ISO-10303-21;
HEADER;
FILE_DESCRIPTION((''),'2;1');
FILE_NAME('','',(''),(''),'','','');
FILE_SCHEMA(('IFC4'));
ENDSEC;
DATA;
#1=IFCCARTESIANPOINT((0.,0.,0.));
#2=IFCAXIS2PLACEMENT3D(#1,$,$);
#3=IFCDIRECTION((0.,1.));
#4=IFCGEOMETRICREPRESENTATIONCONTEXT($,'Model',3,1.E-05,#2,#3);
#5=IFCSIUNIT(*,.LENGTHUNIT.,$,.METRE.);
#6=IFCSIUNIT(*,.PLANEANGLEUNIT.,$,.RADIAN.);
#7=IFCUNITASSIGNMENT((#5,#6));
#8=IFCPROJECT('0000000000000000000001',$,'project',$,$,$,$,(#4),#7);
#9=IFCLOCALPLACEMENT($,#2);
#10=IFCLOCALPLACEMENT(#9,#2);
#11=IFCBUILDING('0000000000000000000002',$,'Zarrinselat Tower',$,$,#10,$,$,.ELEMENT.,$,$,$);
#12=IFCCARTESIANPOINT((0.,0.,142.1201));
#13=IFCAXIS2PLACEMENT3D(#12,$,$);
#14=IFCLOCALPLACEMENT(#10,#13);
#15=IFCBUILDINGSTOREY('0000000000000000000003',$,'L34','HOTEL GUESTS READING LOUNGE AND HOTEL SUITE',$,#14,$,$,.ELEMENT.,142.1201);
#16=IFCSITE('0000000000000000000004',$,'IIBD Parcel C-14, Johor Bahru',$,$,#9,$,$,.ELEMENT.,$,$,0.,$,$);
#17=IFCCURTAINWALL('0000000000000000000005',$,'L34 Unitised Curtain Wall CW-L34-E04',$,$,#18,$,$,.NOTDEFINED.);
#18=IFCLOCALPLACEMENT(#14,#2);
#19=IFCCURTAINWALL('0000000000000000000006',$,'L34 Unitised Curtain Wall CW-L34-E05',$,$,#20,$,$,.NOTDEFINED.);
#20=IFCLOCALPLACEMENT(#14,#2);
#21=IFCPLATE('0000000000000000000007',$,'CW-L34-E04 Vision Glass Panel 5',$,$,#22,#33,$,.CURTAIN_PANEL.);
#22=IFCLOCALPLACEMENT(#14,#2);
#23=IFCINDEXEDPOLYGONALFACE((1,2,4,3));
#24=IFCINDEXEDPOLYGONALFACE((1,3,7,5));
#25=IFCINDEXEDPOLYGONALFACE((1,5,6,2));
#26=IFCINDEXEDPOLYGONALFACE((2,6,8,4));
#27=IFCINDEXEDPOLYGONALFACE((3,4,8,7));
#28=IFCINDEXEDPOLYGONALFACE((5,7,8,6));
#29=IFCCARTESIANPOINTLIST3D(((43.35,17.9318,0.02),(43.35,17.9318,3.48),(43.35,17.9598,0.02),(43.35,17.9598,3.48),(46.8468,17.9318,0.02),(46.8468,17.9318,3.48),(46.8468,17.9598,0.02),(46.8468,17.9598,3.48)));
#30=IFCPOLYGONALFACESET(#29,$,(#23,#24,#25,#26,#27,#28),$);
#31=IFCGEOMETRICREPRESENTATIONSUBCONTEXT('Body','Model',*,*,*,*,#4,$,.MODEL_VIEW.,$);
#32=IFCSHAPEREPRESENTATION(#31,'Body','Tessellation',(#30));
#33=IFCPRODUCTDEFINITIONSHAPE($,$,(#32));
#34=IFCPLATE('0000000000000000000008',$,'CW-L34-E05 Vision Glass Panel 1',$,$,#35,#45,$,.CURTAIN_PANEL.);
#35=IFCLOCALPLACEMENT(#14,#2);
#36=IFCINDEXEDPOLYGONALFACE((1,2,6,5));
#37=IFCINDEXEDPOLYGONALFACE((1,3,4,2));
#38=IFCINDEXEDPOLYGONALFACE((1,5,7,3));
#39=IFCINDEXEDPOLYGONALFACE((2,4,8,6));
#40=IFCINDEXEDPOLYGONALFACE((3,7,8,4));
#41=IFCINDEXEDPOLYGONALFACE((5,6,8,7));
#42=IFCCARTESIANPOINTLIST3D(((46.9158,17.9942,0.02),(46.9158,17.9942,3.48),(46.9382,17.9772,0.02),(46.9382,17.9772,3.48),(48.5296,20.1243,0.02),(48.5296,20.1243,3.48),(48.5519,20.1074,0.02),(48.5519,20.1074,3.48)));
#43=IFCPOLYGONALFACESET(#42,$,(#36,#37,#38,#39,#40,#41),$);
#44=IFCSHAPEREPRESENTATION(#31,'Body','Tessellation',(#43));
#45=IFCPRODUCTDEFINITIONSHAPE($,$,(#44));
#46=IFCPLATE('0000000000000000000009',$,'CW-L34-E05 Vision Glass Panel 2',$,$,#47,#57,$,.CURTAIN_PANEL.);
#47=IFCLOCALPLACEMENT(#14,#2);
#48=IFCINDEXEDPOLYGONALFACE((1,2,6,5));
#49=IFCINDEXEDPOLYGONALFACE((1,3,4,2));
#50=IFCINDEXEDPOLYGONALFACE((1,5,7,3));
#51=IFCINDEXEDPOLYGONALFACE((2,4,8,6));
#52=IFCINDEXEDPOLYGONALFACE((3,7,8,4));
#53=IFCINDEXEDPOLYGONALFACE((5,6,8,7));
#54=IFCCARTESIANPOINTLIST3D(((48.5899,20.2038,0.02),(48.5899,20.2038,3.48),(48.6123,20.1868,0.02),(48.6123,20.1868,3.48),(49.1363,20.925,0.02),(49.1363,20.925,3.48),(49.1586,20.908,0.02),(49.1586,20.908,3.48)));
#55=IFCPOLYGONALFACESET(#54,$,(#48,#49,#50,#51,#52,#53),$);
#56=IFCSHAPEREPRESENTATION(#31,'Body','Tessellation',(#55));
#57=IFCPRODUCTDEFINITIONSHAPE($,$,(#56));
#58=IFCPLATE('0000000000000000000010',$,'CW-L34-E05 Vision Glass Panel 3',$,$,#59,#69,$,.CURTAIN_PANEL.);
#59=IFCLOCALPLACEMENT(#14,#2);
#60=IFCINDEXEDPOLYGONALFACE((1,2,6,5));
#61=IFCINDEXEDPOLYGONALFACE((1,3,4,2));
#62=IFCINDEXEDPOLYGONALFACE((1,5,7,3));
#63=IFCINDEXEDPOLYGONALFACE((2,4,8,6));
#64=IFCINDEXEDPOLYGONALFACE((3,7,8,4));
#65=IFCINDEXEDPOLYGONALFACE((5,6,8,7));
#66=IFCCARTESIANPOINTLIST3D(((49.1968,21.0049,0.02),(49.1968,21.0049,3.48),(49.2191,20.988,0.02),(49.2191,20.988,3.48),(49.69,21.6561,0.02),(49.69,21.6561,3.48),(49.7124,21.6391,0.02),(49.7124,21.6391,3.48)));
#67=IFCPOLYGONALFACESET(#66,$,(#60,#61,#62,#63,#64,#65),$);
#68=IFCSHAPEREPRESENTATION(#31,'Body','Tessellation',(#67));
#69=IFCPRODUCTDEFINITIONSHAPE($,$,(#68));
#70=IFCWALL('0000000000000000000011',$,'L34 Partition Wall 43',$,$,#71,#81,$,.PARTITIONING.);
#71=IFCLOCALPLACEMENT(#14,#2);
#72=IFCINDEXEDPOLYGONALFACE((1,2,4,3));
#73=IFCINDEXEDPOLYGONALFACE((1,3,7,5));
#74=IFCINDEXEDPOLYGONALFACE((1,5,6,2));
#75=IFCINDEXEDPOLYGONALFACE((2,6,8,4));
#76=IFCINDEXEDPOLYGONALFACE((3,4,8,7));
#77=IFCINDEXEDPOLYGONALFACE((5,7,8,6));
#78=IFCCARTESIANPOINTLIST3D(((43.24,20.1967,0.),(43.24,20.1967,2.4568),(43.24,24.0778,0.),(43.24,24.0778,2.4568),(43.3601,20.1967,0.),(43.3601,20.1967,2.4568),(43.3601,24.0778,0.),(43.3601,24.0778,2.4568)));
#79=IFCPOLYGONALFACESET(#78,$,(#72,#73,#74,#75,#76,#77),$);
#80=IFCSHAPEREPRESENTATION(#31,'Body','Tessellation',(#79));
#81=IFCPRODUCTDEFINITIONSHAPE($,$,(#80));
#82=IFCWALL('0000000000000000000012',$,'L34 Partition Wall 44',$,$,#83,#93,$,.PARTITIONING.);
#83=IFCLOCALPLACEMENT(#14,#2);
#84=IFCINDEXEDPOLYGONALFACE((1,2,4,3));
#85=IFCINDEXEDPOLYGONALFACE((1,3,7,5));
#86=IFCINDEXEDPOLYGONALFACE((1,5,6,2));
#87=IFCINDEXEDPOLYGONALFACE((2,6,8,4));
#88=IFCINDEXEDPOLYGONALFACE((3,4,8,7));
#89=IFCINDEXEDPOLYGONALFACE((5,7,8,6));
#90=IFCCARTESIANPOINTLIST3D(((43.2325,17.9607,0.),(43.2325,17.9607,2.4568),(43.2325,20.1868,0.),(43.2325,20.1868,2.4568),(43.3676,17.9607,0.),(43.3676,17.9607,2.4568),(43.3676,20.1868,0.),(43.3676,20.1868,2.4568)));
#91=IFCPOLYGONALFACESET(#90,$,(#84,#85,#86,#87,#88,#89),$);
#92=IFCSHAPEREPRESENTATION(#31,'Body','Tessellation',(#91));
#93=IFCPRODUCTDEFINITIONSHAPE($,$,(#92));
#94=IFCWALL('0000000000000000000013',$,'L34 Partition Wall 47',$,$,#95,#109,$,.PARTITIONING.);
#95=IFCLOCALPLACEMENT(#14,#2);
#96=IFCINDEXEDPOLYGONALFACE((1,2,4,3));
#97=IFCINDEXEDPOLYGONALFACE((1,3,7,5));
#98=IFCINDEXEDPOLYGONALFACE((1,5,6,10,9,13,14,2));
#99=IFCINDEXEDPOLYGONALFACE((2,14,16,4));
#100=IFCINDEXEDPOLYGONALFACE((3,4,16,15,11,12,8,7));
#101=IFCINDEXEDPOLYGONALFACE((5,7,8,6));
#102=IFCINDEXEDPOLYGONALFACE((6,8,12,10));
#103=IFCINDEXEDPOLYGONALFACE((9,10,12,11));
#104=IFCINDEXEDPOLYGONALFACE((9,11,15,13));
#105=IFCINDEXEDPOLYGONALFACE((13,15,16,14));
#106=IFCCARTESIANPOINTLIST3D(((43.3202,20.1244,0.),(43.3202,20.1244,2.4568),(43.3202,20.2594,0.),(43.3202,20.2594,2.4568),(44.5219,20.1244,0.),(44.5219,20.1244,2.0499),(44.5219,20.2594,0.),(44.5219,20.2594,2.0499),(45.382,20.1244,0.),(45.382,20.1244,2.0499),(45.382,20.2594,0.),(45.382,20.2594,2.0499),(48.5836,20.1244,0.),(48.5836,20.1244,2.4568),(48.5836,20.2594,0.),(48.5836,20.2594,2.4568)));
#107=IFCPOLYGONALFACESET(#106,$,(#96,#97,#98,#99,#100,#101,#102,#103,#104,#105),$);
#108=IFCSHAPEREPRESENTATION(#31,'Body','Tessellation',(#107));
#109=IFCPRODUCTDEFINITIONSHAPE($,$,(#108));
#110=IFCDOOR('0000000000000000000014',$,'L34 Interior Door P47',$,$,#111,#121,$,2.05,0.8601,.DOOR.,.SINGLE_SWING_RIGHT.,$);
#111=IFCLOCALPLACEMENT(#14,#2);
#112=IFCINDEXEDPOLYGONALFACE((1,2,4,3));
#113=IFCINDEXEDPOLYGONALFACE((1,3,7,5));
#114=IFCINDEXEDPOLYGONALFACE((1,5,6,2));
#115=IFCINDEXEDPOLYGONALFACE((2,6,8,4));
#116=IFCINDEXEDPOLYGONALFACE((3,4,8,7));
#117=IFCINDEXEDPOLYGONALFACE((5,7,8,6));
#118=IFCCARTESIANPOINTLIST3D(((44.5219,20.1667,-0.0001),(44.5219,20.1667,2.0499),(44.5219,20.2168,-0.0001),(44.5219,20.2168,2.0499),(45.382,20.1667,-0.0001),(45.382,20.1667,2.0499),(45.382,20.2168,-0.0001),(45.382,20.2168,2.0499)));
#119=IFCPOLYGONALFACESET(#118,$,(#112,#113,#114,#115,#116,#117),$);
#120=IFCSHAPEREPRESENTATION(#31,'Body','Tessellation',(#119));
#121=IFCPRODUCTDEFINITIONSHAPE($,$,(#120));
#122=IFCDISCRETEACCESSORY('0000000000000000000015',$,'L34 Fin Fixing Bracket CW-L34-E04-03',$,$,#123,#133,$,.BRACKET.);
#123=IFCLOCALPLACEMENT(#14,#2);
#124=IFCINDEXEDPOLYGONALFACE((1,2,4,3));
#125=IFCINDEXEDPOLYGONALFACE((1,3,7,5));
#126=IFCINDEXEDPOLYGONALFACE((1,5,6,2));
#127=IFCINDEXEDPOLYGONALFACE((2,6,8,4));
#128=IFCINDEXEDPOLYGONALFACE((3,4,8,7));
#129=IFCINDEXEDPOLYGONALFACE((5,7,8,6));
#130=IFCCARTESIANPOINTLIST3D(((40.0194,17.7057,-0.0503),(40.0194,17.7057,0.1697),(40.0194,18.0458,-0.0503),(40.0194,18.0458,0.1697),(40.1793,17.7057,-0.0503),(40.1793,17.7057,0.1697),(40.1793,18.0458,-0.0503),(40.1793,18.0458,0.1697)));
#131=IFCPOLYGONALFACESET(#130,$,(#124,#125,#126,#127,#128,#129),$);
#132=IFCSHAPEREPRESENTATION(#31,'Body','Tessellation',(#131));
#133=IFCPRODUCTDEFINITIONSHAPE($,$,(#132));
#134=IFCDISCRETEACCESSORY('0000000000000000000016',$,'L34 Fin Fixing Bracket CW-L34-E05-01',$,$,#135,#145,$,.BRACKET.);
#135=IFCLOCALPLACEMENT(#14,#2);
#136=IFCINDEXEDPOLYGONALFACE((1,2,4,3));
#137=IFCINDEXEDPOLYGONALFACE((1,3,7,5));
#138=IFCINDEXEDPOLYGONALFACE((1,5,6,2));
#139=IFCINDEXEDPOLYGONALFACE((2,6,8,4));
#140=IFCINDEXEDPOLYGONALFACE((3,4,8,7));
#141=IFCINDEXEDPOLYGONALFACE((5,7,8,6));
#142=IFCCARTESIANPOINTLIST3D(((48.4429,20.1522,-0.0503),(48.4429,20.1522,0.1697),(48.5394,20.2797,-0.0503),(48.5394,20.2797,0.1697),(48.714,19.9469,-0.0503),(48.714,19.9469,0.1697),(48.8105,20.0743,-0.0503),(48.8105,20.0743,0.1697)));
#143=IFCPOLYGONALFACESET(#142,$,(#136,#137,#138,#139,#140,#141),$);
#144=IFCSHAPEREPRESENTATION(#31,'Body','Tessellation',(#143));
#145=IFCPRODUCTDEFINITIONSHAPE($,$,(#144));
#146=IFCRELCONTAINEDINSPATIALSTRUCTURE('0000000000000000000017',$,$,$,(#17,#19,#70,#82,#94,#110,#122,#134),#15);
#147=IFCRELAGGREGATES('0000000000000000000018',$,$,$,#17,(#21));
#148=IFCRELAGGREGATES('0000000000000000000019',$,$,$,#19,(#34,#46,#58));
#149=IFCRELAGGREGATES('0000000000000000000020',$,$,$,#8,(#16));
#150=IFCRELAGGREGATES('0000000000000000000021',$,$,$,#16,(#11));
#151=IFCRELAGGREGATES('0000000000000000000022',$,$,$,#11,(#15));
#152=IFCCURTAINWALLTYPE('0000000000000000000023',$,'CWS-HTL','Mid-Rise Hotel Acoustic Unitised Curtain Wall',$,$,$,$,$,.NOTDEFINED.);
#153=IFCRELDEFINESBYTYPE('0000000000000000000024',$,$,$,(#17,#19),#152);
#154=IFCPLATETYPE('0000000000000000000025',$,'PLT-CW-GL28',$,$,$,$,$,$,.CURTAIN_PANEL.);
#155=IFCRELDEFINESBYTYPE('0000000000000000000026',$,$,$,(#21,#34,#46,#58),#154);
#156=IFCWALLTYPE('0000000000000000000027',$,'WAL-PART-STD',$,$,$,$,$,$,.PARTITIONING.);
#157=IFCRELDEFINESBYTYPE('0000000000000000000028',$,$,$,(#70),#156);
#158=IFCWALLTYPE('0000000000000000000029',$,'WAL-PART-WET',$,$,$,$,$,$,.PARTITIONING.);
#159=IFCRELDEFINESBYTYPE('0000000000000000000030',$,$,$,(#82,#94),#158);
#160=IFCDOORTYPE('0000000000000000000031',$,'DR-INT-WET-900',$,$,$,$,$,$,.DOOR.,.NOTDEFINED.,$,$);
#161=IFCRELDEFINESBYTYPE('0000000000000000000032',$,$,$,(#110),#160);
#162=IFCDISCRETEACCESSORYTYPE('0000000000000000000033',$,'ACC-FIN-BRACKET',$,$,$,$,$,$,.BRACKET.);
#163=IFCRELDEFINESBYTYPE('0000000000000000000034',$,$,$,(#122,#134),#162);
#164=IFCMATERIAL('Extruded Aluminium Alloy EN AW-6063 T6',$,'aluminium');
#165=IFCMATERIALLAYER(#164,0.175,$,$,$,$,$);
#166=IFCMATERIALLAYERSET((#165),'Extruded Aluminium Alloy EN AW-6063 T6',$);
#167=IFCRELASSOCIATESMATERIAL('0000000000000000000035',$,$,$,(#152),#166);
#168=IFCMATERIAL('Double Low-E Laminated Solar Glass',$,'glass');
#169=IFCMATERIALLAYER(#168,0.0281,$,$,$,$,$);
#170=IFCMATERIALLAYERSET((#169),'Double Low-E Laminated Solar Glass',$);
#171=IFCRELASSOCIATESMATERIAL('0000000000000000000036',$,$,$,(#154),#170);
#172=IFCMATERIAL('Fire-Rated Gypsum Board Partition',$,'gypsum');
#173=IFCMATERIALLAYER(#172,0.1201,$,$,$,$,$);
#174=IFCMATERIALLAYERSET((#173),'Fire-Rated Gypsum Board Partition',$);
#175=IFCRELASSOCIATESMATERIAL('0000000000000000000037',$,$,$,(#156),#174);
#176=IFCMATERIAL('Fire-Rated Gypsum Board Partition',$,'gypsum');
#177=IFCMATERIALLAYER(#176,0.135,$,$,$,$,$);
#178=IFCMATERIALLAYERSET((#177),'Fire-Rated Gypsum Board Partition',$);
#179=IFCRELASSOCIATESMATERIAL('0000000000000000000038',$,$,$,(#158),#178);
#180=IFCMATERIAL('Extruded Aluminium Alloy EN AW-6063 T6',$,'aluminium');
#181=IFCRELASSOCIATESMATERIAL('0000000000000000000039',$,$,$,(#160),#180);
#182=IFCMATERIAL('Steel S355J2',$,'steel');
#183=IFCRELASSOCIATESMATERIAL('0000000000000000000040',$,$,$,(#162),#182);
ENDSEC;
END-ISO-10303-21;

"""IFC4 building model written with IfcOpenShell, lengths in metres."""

from ifc_helpers import new_model, si_unit, direction, frame, frame_2d, origin, origin_2d, place, context, subcontext, project, spatial, rectangle, extrude, material, layer, layer_set, type_object, element, fill, aggregate, save


model = new_model("IFC4")

# Units and contexts
model_context = context("Model", 3, precision=1e-05, world=origin(), true_north=direction((0.0, 1.0)))
body_context = subcontext(model_context, "Body", "Model", "MODEL_VIEW")
ifc_project = project(units=[si_unit("LENGTHUNIT", "METRE"), si_unit("PLANEANGLEUNIT", "RADIAN")], contexts=[model_context])

# Site, building, storey
site_placement = place(None, origin())
site = spatial("IfcSite", under=ifc_project, at=site_placement, Name="IIBD Parcel C-14, Johor Bahru", CompositionType="ELEMENT", RefElevation=0.0)
building_placement = place(site_placement, origin())
building = spatial("IfcBuilding", under=site, at=building_placement, Name="Zarrinselat Tower", CompositionType="ELEMENT")
storey_placement = place(building_placement, frame((0.0, 0.0, 142.1201)))
storey = spatial("IfcBuildingStorey", under=building, at=storey_placement, Name="L34", Description="HOTEL GUESTS READING LOUNGE AND HOTEL SUITE", CompositionType="ELEMENT", Elevation=142.1201)

# Curtain walls
ifc_material_1 = material(Name="Extruded Aluminium Alloy EN AW-6063 T6", Category="aluminium")
ifc_layer_1 = layer(ifc_material_1, 0.175)
ifc_layer_set_1 = layer_set([ifc_layer_1], Name="Extruded Aluminium Alloy EN AW-6063 T6")
curtain_wall_type = type_object("IfcCurtainWallType", Name="CWS-HTL", Description="Mid-Rise Hotel Acoustic Unitised Curtain Wall", PredefinedType="NOTDEFINED", material=ifc_layer_set_1)
curtain_wall_1_placement = place(storey_placement, origin())
curtain_wall_1 = element("IfcCurtainWall", 1, at=curtain_wall_1_placement, inside=storey, type_object=curtain_wall_type, Name="L34 Unitised Curtain Wall CW-L34-E04", PredefinedType="NOTDEFINED")
curtain_wall_2_placement = place(storey_placement, origin())
curtain_wall_2 = element("IfcCurtainWall", 2, at=curtain_wall_2_placement, inside=storey, type_object=curtain_wall_type, Name="L34 Unitised Curtain Wall CW-L34-E05", PredefinedType="NOTDEFINED")

# Plates
ifc_material_2 = material(Name="Double Low-E Laminated Solar Glass", Category="glass")
ifc_layer_2 = layer(ifc_material_2, 0.0281)
ifc_layer_set_2 = layer_set([ifc_layer_2], Name="Double Low-E Laminated Solar Glass")
plate_type = type_object("IfcPlateType", Name="PLT-CW-GL28", PredefinedType="CURTAIN_PANEL", material=ifc_layer_set_2)
plate_1_placement = place(storey_placement, frame((45.0984, 17.9458, 0.02), z_axis=(0.0, 0.0, 1.0), x_axis=(1.0, 0.0, 0.0)))
plate_1 = element("IfcPlate", 3, at=plate_1_placement, type_object=plate_type, Name="CW-L34-E04 Vision Glass Panel 5", PredefinedType="CURTAIN_PANEL", context=body_context, shape_type="SweptSolid", body=[
    extrude(rectangle(XDim=3.4968, YDim=0.0281, at=origin_2d()), origin(), (0.0, 0.0, 1.0), 3.46),
])
aggregate(curtain_wall_1, [plate_1])
plate_2_placement = place(storey_placement, frame((47.7339, 19.0508, 0.02), z_axis=(0.0, 0.0, 1.0), x_axis=(0.603856, 0.797094, 0.0)))
plate_2 = element("IfcPlate", 4, at=plate_2_placement, type_object=plate_type, Name="CW-L34-E05 Vision Glass Panel 1", PredefinedType="CURTAIN_PANEL", context=body_context, shape_type="SweptSolid", body=[
    extrude(rectangle(XDim=2.6724, YDim=0.0281, at=origin_2d()), origin(), (0.0, 0.0, 1.0), 3.46),
])
plate_3_placement = place(storey_placement, frame((48.8743, 20.5559, 0.02), z_axis=(0.0, 0.0, 1.0), x_axis=(0.603856, 0.797094, 0.0)))
plate_3 = element("IfcPlate", 5, at=plate_3_placement, type_object=plate_type, Name="CW-L34-E05 Vision Glass Panel 2", PredefinedType="CURTAIN_PANEL", context=body_context, shape_type="SweptSolid", body=[
    extrude(rectangle(XDim=0.9048, YDim=0.0281, at=origin_2d()), origin(), (0.0, 0.0, 1.0), 3.46),
])
plate_4_placement = place(storey_placement, frame((49.4546, 21.322, 0.02), z_axis=(0.0, 0.0, 1.0), x_axis=(0.603856, 0.797094, 0.0)))
plate_4 = element("IfcPlate", 6, at=plate_4_placement, type_object=plate_type, Name="CW-L34-E05 Vision Glass Panel 3", PredefinedType="CURTAIN_PANEL", context=body_context, shape_type="SweptSolid", body=[
    extrude(rectangle(XDim=0.8169, YDim=0.0281, at=origin_2d()), origin(), (0.0, 0.0, 1.0), 3.46),
])
aggregate(curtain_wall_2, [plate_2, plate_3, plate_4])

# Walls
ifc_material_3 = material(Name="Fire-Rated Gypsum Board Partition", Category="gypsum")
ifc_layer_3 = layer(ifc_material_3, 0.1201)
ifc_layer_set_3 = layer_set([ifc_layer_3], Name="Fire-Rated Gypsum Board Partition")
wall_type_1 = type_object("IfcWallType", Name="WAL-PART-STD", PredefinedType="PARTITIONING", material=ifc_layer_set_3)
wall_1_placement = place(storey_placement, frame((43.3, 20.1968, 0.0), z_axis=(0.0, 0.0, 1.0), x_axis=(0.0, 1.0, 0.0)))
element("IfcWall", 7, at=wall_1_placement, inside=storey, type_object=wall_type_1, Name="L34 Partition Wall 43", PredefinedType="PARTITIONING", context=body_context, shape_type="SweptSolid", body=[
    extrude(rectangle(XDim=3.8811, YDim=0.1201, at=frame_2d((1.9404, 0.0))), origin(), (0.0, 0.0, 1.0), 2.4568),
])
ifc_material_4 = material(Name="Fire-Rated Gypsum Board Partition", Category="gypsum")
ifc_layer_4 = layer(ifc_material_4, 0.135)
ifc_layer_set_4 = layer_set([ifc_layer_4], Name="Fire-Rated Gypsum Board Partition")
wall_type_2 = type_object("IfcWallType", Name="WAL-PART-WET", PredefinedType="PARTITIONING", material=ifc_layer_set_4)
wall_2_placement = place(storey_placement, frame((43.3, 17.9607, 0.0), z_axis=(0.0, 0.0, 1.0), x_axis=(0.0, 1.0, 0.0)))
element("IfcWall", 8, at=wall_2_placement, inside=storey, type_object=wall_type_2, Name="L34 Partition Wall 44", PredefinedType="PARTITIONING", context=body_context, shape_type="SweptSolid", body=[
    extrude(rectangle(XDim=2.2261, YDim=0.135, at=frame_2d((1.113, 0.0))), origin(), (0.0, 0.0, 1.0), 2.4568),
])

# Wall, opening, door
wall_3_placement = place(storey_placement, frame((43.3201, 20.1919, 0.0), z_axis=(0.0, 0.0, 1.0), x_axis=(1.0, 0.0, 0.0)))
wall_3 = element("IfcWall", 9, at=wall_3_placement, inside=storey, type_object=wall_type_2, Name="L34 Partition Wall 47", PredefinedType="PARTITIONING", context=body_context, shape_type="SweptSolid", body=[
    extrude(rectangle(XDim=5.2634, YDim=0.135, at=frame_2d((2.6318, 0.0))), origin(), (0.0, 0.0, 1.0), 2.4568),
])
opening_placement = place(wall_3_placement, frame((1.2017, 0.0, 0.0)))
opening = element("IfcOpeningElement", 10, at=opening_placement, cuts=wall_3, PredefinedType="OPENING", context=body_context, shape_type="SweptSolid", body=[
    extrude(rectangle(XDim=0.8601, YDim=2.05, at=frame_2d((0.4302, 1.0249))), frame((0.0, 0.0774, 0.0), z_axis=(0.0, -1.0, 0.0), x_axis=(1.0, 0.0, 0.0)), (0.0, 0.0, 1.0), 0.155),
])
ifc_material_5 = material(Name="Extruded Aluminium Alloy EN AW-6063 T6", Category="aluminium")
door_type = type_object("IfcDoorType", Name="DR-INT-WET-900", OperationType="NOTDEFINED", PredefinedType="DOOR", material=ifc_material_5)
door_placement = place(opening_placement, origin())
door = element("IfcDoor", 11, at=door_placement, inside=storey, type_object=door_type, Name="L34 Interior Door P47", OperationType="SINGLE_SWING_RIGHT", OverallHeight=2.05, OverallWidth=0.8601, PredefinedType="DOOR", context=body_context, shape_type="SweptSolid", body=[
    extrude(rectangle(XDim=0.8601, YDim=2.05, at=frame_2d((0.4302, 1.0249))), frame((0.0, 0.0249, 0.0), z_axis=(0.0, -1.0, 0.0), x_axis=(1.0, 0.0, 0.0)), (0.0, 0.0, 1.0), 0.05),
])
fill(opening, door)

# Discrete accessories
ifc_material_6 = material(Name="Steel S355J2", Category="steel")
discrete_accessory_type = type_object("IfcDiscreteAccessoryType", Name="ACC-FIN-BRACKET", PredefinedType="BRACKET", material=ifc_material_6)
for number, where, z_axis, x_axis, name in (
    (12, (40.0994, 17.8757, -0.0503), (0.0, 0.0, 1.0), (0.0, -1.0, 0.0), "L34 Fin Fixing Bracket CW-L34-E04-03"),
    (13, (48.6267, 20.1133, -0.0503), (0.0, 0.0, 1.0), (0.797094, -0.603856, 0.0), "L34 Fin Fixing Bracket CW-L34-E05-01"),
):
    element("IfcDiscreteAccessory", number, at=place(storey_placement, frame(where, z_axis=z_axis, x_axis=x_axis)), inside=storey, type_object=discrete_accessory_type, Name=name, PredefinedType="BRACKET", context=body_context, shape_type="SweptSolid", body=[
        extrude(rectangle(XDim=0.3401, YDim=0.1599, at=origin_2d()), origin(), (0.0, 0.0, 1.0), 0.22),
    ])

save(model, "model.ifc")
